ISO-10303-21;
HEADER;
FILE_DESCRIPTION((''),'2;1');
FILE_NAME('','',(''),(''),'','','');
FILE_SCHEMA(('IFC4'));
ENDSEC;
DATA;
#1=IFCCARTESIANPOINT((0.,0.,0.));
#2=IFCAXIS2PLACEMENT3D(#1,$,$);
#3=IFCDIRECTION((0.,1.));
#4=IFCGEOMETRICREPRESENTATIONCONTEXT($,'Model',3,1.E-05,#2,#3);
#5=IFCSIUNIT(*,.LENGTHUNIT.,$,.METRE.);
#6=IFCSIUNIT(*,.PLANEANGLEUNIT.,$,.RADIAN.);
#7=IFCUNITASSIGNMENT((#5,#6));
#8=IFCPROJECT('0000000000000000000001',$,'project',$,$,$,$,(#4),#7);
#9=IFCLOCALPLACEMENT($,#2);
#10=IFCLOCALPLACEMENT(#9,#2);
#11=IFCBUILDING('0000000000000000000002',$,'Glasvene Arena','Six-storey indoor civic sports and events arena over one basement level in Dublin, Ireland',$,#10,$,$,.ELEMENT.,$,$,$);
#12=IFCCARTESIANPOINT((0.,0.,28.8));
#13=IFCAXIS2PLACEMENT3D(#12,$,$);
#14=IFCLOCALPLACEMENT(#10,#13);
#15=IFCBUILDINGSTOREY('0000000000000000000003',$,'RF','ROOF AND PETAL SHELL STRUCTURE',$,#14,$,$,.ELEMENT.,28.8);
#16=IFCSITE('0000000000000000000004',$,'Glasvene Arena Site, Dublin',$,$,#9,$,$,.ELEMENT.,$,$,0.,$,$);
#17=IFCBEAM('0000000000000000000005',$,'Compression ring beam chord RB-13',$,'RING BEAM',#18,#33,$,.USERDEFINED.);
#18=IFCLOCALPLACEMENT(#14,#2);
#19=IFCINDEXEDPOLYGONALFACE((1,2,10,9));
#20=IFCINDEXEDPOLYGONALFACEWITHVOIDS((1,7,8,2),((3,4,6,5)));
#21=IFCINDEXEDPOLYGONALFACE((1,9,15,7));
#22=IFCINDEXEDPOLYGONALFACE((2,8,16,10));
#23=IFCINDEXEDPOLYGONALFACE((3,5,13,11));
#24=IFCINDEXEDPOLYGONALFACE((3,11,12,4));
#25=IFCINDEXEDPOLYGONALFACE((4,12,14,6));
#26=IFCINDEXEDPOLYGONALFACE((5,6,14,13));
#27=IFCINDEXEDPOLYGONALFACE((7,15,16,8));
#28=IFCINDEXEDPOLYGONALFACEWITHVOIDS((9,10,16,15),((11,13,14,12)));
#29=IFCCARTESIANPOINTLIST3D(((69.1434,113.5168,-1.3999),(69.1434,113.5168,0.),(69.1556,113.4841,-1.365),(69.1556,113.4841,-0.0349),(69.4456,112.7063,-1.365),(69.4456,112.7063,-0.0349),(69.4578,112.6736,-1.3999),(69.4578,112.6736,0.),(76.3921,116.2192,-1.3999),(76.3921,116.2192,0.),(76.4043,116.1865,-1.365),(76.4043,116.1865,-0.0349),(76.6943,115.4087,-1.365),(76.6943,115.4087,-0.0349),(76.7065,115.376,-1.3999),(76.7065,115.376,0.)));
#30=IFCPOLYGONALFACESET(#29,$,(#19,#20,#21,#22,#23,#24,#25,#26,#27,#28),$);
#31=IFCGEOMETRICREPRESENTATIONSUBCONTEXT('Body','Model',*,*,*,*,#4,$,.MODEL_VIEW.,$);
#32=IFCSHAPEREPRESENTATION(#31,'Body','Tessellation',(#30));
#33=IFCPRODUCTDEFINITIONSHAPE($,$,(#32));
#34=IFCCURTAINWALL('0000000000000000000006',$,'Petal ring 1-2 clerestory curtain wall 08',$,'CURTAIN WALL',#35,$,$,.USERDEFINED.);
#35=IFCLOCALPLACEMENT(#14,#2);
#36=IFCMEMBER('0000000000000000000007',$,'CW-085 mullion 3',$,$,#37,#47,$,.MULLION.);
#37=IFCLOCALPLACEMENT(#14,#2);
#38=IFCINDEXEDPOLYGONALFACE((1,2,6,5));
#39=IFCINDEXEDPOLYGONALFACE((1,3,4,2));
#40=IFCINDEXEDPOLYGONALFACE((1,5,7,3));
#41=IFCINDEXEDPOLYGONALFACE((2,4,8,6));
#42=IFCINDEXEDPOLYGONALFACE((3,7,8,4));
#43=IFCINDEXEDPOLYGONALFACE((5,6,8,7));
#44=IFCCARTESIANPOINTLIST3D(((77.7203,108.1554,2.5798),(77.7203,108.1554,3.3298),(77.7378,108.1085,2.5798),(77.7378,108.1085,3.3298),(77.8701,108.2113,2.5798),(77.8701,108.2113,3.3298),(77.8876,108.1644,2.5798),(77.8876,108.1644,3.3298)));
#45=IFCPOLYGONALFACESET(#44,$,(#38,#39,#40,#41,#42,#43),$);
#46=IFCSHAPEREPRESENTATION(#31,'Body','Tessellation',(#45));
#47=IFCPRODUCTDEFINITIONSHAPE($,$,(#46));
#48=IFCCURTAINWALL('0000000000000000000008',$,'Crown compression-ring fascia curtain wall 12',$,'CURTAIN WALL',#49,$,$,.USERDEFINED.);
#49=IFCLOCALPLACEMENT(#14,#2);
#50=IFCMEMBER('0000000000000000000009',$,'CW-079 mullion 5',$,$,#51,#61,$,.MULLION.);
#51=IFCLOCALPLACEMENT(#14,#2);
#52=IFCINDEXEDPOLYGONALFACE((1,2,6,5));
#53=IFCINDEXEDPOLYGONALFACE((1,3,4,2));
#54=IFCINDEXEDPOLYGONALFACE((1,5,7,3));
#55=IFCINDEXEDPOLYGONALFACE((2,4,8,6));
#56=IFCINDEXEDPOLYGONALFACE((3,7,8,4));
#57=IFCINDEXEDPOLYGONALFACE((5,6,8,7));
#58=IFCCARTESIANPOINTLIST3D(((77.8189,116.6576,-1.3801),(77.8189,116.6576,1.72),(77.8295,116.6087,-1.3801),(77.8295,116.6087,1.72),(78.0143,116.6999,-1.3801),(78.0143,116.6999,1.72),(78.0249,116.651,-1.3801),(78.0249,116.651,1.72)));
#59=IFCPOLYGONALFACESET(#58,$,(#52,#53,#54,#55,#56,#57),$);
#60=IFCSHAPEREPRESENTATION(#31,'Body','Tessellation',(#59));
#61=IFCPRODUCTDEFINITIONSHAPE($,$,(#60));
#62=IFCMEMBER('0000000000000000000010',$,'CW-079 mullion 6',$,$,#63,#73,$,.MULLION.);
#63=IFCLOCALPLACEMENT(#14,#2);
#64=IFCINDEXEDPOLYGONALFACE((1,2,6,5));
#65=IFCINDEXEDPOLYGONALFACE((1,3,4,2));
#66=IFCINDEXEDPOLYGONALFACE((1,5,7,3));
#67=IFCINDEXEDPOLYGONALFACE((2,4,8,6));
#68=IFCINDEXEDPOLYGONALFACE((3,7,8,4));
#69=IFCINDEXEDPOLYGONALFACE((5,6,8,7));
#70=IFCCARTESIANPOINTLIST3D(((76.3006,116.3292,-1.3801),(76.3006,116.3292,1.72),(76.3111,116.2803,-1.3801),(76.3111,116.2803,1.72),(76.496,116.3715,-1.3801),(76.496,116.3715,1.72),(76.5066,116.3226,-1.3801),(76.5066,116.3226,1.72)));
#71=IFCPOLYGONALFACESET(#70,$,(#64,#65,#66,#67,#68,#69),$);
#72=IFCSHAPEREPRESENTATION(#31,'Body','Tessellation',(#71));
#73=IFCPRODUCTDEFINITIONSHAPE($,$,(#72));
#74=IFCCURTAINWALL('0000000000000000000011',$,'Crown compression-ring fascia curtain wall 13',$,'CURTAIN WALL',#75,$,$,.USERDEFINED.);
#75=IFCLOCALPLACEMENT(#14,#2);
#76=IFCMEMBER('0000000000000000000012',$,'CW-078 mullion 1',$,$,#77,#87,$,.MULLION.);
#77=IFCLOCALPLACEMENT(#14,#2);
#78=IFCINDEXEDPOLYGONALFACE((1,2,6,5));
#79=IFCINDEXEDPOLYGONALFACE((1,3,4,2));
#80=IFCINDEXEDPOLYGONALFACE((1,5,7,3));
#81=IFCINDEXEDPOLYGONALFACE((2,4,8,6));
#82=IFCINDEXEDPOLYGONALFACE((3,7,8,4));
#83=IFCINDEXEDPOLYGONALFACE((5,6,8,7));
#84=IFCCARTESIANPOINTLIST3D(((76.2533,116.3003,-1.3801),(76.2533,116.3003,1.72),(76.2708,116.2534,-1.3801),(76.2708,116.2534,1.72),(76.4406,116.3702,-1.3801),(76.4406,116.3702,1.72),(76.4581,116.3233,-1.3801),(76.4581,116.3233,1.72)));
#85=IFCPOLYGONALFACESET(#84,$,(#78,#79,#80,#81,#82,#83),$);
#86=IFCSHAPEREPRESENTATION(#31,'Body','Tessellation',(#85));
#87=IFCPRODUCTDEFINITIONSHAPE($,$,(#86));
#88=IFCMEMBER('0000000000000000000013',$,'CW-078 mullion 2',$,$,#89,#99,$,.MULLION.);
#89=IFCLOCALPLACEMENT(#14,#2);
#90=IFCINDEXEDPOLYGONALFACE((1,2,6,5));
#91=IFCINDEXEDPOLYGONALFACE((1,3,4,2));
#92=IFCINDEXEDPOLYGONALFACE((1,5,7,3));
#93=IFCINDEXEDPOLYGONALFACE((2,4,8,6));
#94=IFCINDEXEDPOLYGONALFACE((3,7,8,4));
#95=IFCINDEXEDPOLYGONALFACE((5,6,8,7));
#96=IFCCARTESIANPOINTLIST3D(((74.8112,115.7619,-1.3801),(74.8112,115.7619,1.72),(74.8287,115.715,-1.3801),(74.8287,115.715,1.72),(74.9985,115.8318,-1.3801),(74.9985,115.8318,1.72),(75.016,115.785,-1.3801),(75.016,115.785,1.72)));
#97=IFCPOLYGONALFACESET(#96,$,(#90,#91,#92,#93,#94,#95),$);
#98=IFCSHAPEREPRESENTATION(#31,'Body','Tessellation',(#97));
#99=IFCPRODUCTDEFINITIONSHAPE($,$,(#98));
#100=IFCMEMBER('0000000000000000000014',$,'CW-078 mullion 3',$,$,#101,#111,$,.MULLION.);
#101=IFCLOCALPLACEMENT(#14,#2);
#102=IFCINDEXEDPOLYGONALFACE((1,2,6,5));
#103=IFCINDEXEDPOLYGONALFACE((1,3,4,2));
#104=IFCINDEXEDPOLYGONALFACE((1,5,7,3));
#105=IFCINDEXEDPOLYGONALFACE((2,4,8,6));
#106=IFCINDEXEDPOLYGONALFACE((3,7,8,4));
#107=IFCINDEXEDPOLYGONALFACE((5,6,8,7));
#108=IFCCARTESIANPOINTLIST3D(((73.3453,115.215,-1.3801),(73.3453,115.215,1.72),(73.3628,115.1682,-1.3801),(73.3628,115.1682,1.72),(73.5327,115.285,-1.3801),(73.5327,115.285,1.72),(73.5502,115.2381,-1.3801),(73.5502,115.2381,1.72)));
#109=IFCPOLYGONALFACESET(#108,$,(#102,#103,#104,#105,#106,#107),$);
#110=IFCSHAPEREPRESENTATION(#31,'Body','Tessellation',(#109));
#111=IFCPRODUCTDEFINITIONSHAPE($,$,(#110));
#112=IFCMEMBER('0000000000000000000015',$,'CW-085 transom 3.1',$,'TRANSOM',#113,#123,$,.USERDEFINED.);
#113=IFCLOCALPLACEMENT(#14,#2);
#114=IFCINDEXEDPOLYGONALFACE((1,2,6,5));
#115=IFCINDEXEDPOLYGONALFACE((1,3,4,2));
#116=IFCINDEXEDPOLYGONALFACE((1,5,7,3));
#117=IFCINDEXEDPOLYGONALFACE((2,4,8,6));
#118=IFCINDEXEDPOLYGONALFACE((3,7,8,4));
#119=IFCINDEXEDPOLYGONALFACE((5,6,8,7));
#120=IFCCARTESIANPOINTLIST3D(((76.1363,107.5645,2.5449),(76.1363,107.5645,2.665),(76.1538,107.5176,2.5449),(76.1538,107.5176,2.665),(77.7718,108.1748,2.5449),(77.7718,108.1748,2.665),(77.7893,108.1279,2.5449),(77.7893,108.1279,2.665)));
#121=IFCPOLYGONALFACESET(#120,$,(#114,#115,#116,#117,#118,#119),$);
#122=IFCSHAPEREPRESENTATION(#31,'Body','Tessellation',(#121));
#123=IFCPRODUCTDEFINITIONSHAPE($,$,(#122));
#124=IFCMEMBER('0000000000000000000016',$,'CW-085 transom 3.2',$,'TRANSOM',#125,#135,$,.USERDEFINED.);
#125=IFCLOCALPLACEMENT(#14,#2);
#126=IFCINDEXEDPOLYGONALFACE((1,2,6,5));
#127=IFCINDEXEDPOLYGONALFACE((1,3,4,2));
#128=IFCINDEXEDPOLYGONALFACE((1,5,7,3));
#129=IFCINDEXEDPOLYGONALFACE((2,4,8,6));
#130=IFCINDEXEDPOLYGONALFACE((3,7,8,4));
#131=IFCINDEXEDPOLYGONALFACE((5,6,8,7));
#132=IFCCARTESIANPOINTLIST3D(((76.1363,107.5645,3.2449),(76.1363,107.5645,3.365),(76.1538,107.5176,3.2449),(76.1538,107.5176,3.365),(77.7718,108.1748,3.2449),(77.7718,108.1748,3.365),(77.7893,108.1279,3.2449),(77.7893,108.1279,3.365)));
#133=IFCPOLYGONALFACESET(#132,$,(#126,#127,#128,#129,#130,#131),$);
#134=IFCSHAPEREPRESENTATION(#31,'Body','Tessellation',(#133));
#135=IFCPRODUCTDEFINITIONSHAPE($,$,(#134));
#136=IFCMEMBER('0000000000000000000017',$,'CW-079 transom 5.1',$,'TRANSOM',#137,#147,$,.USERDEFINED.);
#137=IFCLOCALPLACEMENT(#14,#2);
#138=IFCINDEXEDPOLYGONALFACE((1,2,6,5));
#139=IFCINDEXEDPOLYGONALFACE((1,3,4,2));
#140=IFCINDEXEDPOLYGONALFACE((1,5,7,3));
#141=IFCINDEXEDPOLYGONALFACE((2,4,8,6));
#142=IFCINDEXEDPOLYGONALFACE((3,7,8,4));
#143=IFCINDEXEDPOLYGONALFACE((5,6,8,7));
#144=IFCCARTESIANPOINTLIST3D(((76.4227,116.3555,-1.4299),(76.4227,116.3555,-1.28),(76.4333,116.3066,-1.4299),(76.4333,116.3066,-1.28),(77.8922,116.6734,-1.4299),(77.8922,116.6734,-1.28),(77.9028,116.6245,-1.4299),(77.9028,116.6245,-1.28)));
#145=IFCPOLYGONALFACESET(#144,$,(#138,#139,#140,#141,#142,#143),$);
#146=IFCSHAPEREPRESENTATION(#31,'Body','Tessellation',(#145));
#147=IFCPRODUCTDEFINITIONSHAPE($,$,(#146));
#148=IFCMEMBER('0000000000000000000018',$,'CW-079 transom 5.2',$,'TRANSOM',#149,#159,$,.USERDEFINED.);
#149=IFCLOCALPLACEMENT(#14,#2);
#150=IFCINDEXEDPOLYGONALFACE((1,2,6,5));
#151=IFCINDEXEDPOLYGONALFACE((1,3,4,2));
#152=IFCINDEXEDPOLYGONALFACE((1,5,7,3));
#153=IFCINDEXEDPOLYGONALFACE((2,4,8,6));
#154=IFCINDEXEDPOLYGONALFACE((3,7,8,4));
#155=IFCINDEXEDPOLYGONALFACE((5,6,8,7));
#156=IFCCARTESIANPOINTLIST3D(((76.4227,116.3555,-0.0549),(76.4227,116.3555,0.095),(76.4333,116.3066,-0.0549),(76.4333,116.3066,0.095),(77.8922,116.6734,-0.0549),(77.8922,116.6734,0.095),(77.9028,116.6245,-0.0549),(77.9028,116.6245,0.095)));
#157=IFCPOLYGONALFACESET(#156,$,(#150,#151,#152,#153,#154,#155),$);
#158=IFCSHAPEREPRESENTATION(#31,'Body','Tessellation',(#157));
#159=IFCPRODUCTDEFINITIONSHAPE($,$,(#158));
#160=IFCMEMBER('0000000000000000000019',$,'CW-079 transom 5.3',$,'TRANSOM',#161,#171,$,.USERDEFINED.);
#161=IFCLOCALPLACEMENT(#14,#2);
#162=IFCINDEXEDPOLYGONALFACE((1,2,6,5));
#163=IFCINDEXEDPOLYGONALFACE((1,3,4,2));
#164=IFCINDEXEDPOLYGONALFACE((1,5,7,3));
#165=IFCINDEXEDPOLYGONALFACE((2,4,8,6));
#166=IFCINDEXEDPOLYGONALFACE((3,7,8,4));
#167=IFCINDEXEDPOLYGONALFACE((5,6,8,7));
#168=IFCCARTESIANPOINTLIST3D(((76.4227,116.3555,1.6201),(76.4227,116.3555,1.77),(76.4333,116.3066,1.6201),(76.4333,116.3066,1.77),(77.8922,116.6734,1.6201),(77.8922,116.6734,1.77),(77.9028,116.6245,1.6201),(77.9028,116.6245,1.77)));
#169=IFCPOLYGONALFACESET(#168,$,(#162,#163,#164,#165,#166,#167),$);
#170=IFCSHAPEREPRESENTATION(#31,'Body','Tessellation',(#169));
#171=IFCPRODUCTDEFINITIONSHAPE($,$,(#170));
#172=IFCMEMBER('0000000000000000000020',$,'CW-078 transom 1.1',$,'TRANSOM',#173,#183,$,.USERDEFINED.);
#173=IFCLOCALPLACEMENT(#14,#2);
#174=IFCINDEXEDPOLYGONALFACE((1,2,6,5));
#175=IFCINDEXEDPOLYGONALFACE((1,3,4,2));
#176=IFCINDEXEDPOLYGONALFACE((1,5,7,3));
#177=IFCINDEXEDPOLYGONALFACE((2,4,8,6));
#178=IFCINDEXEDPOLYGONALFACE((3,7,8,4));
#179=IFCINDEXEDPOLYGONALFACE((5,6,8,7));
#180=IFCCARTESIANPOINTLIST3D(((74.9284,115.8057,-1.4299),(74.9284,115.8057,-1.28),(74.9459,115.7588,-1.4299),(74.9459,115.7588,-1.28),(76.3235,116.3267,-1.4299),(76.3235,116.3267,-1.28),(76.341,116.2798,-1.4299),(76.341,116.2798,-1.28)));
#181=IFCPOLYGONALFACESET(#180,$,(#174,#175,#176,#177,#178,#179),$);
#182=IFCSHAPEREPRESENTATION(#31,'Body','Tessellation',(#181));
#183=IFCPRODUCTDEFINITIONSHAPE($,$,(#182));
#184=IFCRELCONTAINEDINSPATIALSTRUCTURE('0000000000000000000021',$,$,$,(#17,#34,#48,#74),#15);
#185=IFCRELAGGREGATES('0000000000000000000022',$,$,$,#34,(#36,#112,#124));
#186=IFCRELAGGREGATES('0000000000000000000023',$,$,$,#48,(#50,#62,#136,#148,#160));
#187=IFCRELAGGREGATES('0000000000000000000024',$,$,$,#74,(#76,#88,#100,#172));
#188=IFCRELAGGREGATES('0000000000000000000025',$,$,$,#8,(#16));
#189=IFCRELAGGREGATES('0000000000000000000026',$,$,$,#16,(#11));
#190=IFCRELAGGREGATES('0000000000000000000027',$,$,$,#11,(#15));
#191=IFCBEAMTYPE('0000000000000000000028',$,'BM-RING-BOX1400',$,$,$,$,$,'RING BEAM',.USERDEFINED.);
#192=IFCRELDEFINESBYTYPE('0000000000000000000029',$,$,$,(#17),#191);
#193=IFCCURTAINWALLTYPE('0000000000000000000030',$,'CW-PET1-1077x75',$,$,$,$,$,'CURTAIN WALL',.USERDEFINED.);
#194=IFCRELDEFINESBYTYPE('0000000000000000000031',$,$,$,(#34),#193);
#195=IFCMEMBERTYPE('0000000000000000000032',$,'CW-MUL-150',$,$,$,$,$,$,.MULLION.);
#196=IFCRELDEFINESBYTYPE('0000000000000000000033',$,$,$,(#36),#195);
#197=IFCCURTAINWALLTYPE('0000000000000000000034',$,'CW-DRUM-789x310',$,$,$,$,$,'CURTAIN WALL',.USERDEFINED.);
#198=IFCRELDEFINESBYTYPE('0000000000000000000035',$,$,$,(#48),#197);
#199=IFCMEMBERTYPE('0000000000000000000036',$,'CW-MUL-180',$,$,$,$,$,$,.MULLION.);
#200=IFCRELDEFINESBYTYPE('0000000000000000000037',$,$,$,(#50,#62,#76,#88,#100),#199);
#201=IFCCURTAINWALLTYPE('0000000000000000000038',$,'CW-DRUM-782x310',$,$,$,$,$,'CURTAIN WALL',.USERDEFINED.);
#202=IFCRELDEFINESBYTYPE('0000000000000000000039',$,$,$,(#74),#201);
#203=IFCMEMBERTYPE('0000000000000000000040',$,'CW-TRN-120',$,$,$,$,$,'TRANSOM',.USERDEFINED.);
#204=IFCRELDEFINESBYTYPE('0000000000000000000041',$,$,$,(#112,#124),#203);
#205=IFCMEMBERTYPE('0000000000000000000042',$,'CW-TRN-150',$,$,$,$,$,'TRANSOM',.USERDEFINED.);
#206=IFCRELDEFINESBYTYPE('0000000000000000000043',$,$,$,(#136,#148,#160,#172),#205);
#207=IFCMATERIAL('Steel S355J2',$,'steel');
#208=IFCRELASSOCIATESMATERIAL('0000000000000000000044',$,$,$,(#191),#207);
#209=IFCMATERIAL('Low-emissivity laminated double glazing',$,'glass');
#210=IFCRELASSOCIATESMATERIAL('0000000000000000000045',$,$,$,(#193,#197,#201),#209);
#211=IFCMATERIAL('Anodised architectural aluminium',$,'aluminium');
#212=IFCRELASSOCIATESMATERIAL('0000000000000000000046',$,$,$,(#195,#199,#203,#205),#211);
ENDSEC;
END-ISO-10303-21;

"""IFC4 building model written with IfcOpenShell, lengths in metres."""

from ifc_helpers import new_model, si_unit, direction, frame, origin, origin_2d, place, context, subcontext, project, spatial, rectangle, hollow_rectangle, extrude, material, material_profile, profile_set, type_object, element, aggregate, save


model = new_model("IFC4")

# Units and contexts
model_context = context("Model", 3, precision=1e-05, world=origin(), true_north=direction((0.0, 1.0)))
body_context = subcontext(model_context, "Body", "Model", "MODEL_VIEW")
ifc_project = project(units=[si_unit("LENGTHUNIT", "METRE"), si_unit("PLANEANGLEUNIT", "RADIAN")], contexts=[model_context])

# Site, building, storey
site_placement = place(None, origin())
site = spatial("IfcSite", under=ifc_project, at=site_placement, Name="Glasvene Arena Site, Dublin", CompositionType="ELEMENT", RefElevation=0.0)
building_placement = place(site_placement, origin())
building = spatial("IfcBuilding", under=site, at=building_placement, Name="Glasvene Arena", Description="Six-storey indoor civic sports and events arena over one basement level in Dublin, Ireland", CompositionType="ELEMENT")
storey_placement = place(building_placement, frame((0.0, 0.0, 28.8)))
storey = spatial("IfcBuildingStorey", under=building, at=storey_placement, Name="RF", Description="ROOF AND PETAL SHELL STRUCTURE", CompositionType="ELEMENT", Elevation=28.8)

# Beam
ifc_material_1 = material(Name="Steel S355J2", Category="steel")
ifc_material_profile_1 = material_profile(ifc_material_1, hollow_rectangle(XDim=0.8999, YDim=1.3999, WallThickness=0.0349, at=origin_2d()), Name="WBOX 900x1400x35")
ifc_profile_set_1 = profile_set([ifc_material_profile_1], Name="Steel S355J2")
beam_type = type_object("IfcBeamType", Name="BM-RING-BOX1400", ElementType="RING BEAM", PredefinedType="USERDEFINED", material=ifc_profile_set_1)
beam_placement = place(storey_placement, frame((76.5493, 115.7976, -0.7), z_axis=(-0.937003, -0.349321, 0.0), x_axis=(0.349321, -0.937003, 0.0)))
element("IfcBeam", 1, at=beam_placement, inside=storey, type_object=beam_type, Name="Compression ring beam chord RB-13", ObjectType="RING BEAM", PredefinedType="USERDEFINED", context=body_context, shape_type="SweptSolid", body=[
    extrude(hollow_rectangle(XDim=0.8999, YDim=1.3999, WallThickness=0.0349, at=origin_2d()), origin(), (0.0, 0.0, 1.0), 7.7361),
])

# Curtain wall, member
ifc_material_2 = material(Name="Low-emissivity laminated double glazing", Category="glass")
curtain_wall_type_1 = type_object("IfcCurtainWallType", Name="CW-PET1-1077x75", ElementType="CURTAIN WALL", PredefinedType="USERDEFINED", material=ifc_material_2)
curtain_wall_1_placement = place(storey_placement, frame((81.1685, 109.4153, 0.0)))
curtain_wall_1 = element("IfcCurtainWall", 2, at=curtain_wall_1_placement, inside=storey, type_object=curtain_wall_type_1, Name="Petal ring 1-2 clerestory curtain wall 08", ObjectType="CURTAIN WALL", PredefinedType="USERDEFINED")
ifc_material_3 = material(Name="Anodised architectural aluminium", Category="aluminium")
ifc_material_profile_2 = material_profile(ifc_material_3, rectangle(XDim=0.05, YDim=0.1599, at=origin_2d()), Name="ALU MULLION 50x160")
ifc_profile_set_2 = profile_set([ifc_material_profile_2], Name="Anodised architectural aluminium")
member_type_1 = type_object("IfcMemberType", Name="CW-MUL-150", PredefinedType="MULLION", material=ifc_profile_set_2)
member_1_placement = place(storey_placement, frame((77.804, 108.1599, 2.5798), z_axis=(0.0, 0.0, 1.0), x_axis=(0.349591, -0.936902, 0.0)))
member_1 = element("IfcMember", 3, at=member_1_placement, type_object=member_type_1, Name="CW-085 mullion 3", PredefinedType="MULLION", context=body_context, shape_type="SweptSolid", body=[
    extrude(rectangle(XDim=0.05, YDim=0.1599, at=origin_2d()), origin(), (0.0, 0.0, 1.0), 0.75),
])

# Curtain walls, members
curtain_wall_type_2 = type_object("IfcCurtainWallType", Name="CW-DRUM-789x310", ElementType="CURTAIN WALL", PredefinedType="USERDEFINED", material=ifc_material_2)
curtain_wall_2_placement = place(storey_placement, frame((84.0923, 117.9893, 0.0)))
curtain_wall_2 = element("IfcCurtainWall", 4, at=curtain_wall_2_placement, inside=storey, type_object=curtain_wall_type_2, Name="Crown compression-ring fascia curtain wall 12", ObjectType="CURTAIN WALL", PredefinedType="USERDEFINED")
ifc_material_profile_3 = material_profile(ifc_material_3, rectangle(XDim=0.05, YDim=0.2, at=origin_2d()), Name="ALU MULLION 50x200")
ifc_profile_set_3 = profile_set([ifc_material_profile_3], Name="Anodised architectural aluminium")
member_type_2 = type_object("IfcMemberType", Name="CW-MUL-180", PredefinedType="MULLION", material=ifc_profile_set_3)
member_2_placement = place(storey_placement, frame((77.9219, 116.6543, -1.3801), z_axis=(0.0, 0.0, 1.0), x_axis=(0.211445, -0.97739, 0.0)))
member_2 = element("IfcMember", 5, at=member_2_placement, type_object=member_type_2, Name="CW-079 mullion 5", PredefinedType="MULLION", context=body_context, shape_type="SweptSolid", body=[
    extrude(rectangle(XDim=0.05, YDim=0.2, at=origin_2d()), origin(), (0.0, 0.0, 1.0), 3.1001),
])
member_3_placement = place(storey_placement, frame((76.4036, 116.3259, -1.3801), z_axis=(0.0, 0.0, 1.0), x_axis=(0.211445, -0.97739, 0.0)))
member_3 = element("IfcMember", 6, at=member_3_placement, type_object=member_type_2, Name="CW-079 mullion 6", PredefinedType="MULLION", context=body_context, shape_type="SweptSolid", body=[
    extrude(rectangle(XDim=0.05, YDim=0.2, at=origin_2d()), origin(), (0.0, 0.0, 1.0), 3.1001),
])
curtain_wall_type_3 = type_object("IfcCurtainWallType", Name="CW-DRUM-782x310", ElementType="CURTAIN WALL", PredefinedType="USERDEFINED", material=ifc_material_2)
curtain_wall_3_placement = place(storey_placement, frame((76.3792, 116.3206, 0.0)))
curtain_wall_3 = element("IfcCurtainWall", 7, at=curtain_wall_3_placement, inside=storey, type_object=curtain_wall_type_3, Name="Crown compression-ring fascia curtain wall 13", ObjectType="CURTAIN WALL", PredefinedType="USERDEFINED")
member_4_placement = place(storey_placement, frame((76.3557, 116.3118, -1.3801), z_axis=(0.0, 0.0, 1.0), x_axis=(0.349683, -0.936868, 0.0)))
member_4 = element("IfcMember", 8, at=member_4_placement, type_object=member_type_2, Name="CW-078 mullion 1", PredefinedType="MULLION", context=body_context, shape_type="SweptSolid", body=[
    extrude(rectangle(XDim=0.05, YDim=0.2, at=origin_2d()), origin(), (0.0, 0.0, 1.0), 3.1001),
])
member_5_placement = place(storey_placement, frame((74.9136, 115.7734, -1.3801), z_axis=(0.0, 0.0, 1.0), x_axis=(0.349683, -0.936868, 0.0)))
member_5 = element("IfcMember", 9, at=member_5_placement, type_object=member_type_2, Name="CW-078 mullion 2", PredefinedType="MULLION", context=body_context, shape_type="SweptSolid", body=[
    extrude(rectangle(XDim=0.05, YDim=0.2, at=origin_2d()), origin(), (0.0, 0.0, 1.0), 3.1001),
])
member_6_placement = place(storey_placement, frame((73.4478, 115.2266, -1.3801), z_axis=(0.0, 0.0, 1.0), x_axis=(0.349683, -0.936868, 0.0)))
member_6 = element("IfcMember", 10, at=member_6_placement, type_object=member_type_2, Name="CW-078 mullion 3", PredefinedType="MULLION", context=body_context, shape_type="SweptSolid", body=[
    extrude(rectangle(XDim=0.05, YDim=0.2, at=origin_2d()), origin(), (0.0, 0.0, 1.0), 3.1001),
])

# Members
ifc_material_profile_4 = material_profile(ifc_material_3, rectangle(XDim=0.05, YDim=0.1201, at=origin_2d()), Name="ALU TRANSOM 50x120")
ifc_profile_set_4 = profile_set([ifc_material_profile_4], Name="Anodised architectural aluminium")
member_type_3 = type_object("IfcMemberType", Name="CW-TRN-120", ElementType="TRANSOM", PredefinedType="USERDEFINED", material=ifc_profile_set_4)
member_7_placement = place(storey_placement, frame((77.7805, 108.1514, 2.605), z_axis=(-0.936885, -0.349636, 0.0), x_axis=(0.349636, -0.936885, 0.0)))
member_7 = element("IfcMember", 11, at=member_7_placement, type_object=member_type_3, Name="CW-085 transom 3.1", ObjectType="TRANSOM", PredefinedType="USERDEFINED", context=body_context, shape_type="SweptSolid", body=[
    extrude(rectangle(XDim=0.05, YDim=0.1201, at=origin_2d()), origin(), (0.0, 0.0, 1.0), 1.7456),
])
member_8_placement = place(storey_placement, frame((77.7805, 108.1514, 3.3049), z_axis=(-0.936885, -0.349636, 0.0), x_axis=(0.349636, -0.936885, 0.0)))
member_8 = element("IfcMember", 12, at=member_8_placement, type_object=member_type_3, Name="CW-085 transom 3.2", ObjectType="TRANSOM", PredefinedType="USERDEFINED", context=body_context, shape_type="SweptSolid", body=[
    extrude(rectangle(XDim=0.05, YDim=0.1201, at=origin_2d()), origin(), (0.0, 0.0, 1.0), 1.7456),
])
aggregate(curtain_wall_1, [member_1, member_7, member_8])
ifc_material_profile_5 = material_profile(ifc_material_3, rectangle(XDim=0.05, YDim=0.1499, at=origin_2d()), Name="ALU TRANSOM 50x150")
ifc_profile_set_5 = profile_set([ifc_material_profile_5], Name="Anodised architectural aluminium")
member_type_4 = type_object("IfcMemberType", Name="CW-TRN-150", ElementType="TRANSOM", PredefinedType="USERDEFINED", material=ifc_profile_set_5)
member_9_placement = place(storey_placement, frame((77.8975, 116.6489, -1.355), z_axis=(-0.977394, -0.211425, 0.0), x_axis=(0.211425, -0.977394, 0.0)))
member_9 = element("IfcMember", 13, at=member_9_placement, type_object=member_type_4, Name="CW-079 transom 5.1", ObjectType="TRANSOM", PredefinedType="USERDEFINED", context=body_context, shape_type="SweptSolid", body=[
    extrude(rectangle(XDim=0.05, YDim=0.1499, at=origin_2d()), origin(), (0.0, 0.0, 1.0), 1.5034),
])
member_10_placement = place(storey_placement, frame((77.8975, 116.6489, 0.02), z_axis=(-0.977394, -0.211425, 0.0), x_axis=(0.211425, -0.977394, 0.0)))
member_10 = element("IfcMember", 14, at=member_10_placement, type_object=member_type_4, Name="CW-079 transom 5.2", ObjectType="TRANSOM", PredefinedType="USERDEFINED", context=body_context, shape_type="SweptSolid", body=[
    extrude(rectangle(XDim=0.05, YDim=0.1499, at=origin_2d()), origin(), (0.0, 0.0, 1.0), 1.5034),
])
member_11_placement = place(storey_placement, frame((77.8975, 116.6489, 1.6951), z_axis=(-0.977394, -0.211425, 0.0), x_axis=(0.211425, -0.977394, 0.0)))
member_11 = element("IfcMember", 15, at=member_11_placement, type_object=member_type_4, Name="CW-079 transom 5.3", ObjectType="TRANSOM", PredefinedType="USERDEFINED", context=body_context, shape_type="SweptSolid", body=[
    extrude(rectangle(XDim=0.05, YDim=0.1499, at=origin_2d()), origin(), (0.0, 0.0, 1.0), 1.5034),
])
member_12_placement = place(storey_placement, frame((76.3323, 116.3032, -1.355), z_axis=(-0.93682, -0.349812, 0.0), x_axis=(0.349812, -0.93682, 0.0)))
member_12 = element("IfcMember", 16, at=member_12_placement, type_object=member_type_4, Name="CW-078 transom 1.1", ObjectType="TRANSOM", PredefinedType="USERDEFINED", context=body_context, shape_type="SweptSolid", body=[
    extrude(rectangle(XDim=0.05, YDim=0.1499, at=origin_2d()), origin(), (0.0, 0.0, 1.0), 1.4893),
])

aggregate(curtain_wall_2, [member_2, member_3, member_9, member_10, member_11])
aggregate(curtain_wall_3, [member_4, member_5, member_6, member_12])

save(model, "model.ifc")
